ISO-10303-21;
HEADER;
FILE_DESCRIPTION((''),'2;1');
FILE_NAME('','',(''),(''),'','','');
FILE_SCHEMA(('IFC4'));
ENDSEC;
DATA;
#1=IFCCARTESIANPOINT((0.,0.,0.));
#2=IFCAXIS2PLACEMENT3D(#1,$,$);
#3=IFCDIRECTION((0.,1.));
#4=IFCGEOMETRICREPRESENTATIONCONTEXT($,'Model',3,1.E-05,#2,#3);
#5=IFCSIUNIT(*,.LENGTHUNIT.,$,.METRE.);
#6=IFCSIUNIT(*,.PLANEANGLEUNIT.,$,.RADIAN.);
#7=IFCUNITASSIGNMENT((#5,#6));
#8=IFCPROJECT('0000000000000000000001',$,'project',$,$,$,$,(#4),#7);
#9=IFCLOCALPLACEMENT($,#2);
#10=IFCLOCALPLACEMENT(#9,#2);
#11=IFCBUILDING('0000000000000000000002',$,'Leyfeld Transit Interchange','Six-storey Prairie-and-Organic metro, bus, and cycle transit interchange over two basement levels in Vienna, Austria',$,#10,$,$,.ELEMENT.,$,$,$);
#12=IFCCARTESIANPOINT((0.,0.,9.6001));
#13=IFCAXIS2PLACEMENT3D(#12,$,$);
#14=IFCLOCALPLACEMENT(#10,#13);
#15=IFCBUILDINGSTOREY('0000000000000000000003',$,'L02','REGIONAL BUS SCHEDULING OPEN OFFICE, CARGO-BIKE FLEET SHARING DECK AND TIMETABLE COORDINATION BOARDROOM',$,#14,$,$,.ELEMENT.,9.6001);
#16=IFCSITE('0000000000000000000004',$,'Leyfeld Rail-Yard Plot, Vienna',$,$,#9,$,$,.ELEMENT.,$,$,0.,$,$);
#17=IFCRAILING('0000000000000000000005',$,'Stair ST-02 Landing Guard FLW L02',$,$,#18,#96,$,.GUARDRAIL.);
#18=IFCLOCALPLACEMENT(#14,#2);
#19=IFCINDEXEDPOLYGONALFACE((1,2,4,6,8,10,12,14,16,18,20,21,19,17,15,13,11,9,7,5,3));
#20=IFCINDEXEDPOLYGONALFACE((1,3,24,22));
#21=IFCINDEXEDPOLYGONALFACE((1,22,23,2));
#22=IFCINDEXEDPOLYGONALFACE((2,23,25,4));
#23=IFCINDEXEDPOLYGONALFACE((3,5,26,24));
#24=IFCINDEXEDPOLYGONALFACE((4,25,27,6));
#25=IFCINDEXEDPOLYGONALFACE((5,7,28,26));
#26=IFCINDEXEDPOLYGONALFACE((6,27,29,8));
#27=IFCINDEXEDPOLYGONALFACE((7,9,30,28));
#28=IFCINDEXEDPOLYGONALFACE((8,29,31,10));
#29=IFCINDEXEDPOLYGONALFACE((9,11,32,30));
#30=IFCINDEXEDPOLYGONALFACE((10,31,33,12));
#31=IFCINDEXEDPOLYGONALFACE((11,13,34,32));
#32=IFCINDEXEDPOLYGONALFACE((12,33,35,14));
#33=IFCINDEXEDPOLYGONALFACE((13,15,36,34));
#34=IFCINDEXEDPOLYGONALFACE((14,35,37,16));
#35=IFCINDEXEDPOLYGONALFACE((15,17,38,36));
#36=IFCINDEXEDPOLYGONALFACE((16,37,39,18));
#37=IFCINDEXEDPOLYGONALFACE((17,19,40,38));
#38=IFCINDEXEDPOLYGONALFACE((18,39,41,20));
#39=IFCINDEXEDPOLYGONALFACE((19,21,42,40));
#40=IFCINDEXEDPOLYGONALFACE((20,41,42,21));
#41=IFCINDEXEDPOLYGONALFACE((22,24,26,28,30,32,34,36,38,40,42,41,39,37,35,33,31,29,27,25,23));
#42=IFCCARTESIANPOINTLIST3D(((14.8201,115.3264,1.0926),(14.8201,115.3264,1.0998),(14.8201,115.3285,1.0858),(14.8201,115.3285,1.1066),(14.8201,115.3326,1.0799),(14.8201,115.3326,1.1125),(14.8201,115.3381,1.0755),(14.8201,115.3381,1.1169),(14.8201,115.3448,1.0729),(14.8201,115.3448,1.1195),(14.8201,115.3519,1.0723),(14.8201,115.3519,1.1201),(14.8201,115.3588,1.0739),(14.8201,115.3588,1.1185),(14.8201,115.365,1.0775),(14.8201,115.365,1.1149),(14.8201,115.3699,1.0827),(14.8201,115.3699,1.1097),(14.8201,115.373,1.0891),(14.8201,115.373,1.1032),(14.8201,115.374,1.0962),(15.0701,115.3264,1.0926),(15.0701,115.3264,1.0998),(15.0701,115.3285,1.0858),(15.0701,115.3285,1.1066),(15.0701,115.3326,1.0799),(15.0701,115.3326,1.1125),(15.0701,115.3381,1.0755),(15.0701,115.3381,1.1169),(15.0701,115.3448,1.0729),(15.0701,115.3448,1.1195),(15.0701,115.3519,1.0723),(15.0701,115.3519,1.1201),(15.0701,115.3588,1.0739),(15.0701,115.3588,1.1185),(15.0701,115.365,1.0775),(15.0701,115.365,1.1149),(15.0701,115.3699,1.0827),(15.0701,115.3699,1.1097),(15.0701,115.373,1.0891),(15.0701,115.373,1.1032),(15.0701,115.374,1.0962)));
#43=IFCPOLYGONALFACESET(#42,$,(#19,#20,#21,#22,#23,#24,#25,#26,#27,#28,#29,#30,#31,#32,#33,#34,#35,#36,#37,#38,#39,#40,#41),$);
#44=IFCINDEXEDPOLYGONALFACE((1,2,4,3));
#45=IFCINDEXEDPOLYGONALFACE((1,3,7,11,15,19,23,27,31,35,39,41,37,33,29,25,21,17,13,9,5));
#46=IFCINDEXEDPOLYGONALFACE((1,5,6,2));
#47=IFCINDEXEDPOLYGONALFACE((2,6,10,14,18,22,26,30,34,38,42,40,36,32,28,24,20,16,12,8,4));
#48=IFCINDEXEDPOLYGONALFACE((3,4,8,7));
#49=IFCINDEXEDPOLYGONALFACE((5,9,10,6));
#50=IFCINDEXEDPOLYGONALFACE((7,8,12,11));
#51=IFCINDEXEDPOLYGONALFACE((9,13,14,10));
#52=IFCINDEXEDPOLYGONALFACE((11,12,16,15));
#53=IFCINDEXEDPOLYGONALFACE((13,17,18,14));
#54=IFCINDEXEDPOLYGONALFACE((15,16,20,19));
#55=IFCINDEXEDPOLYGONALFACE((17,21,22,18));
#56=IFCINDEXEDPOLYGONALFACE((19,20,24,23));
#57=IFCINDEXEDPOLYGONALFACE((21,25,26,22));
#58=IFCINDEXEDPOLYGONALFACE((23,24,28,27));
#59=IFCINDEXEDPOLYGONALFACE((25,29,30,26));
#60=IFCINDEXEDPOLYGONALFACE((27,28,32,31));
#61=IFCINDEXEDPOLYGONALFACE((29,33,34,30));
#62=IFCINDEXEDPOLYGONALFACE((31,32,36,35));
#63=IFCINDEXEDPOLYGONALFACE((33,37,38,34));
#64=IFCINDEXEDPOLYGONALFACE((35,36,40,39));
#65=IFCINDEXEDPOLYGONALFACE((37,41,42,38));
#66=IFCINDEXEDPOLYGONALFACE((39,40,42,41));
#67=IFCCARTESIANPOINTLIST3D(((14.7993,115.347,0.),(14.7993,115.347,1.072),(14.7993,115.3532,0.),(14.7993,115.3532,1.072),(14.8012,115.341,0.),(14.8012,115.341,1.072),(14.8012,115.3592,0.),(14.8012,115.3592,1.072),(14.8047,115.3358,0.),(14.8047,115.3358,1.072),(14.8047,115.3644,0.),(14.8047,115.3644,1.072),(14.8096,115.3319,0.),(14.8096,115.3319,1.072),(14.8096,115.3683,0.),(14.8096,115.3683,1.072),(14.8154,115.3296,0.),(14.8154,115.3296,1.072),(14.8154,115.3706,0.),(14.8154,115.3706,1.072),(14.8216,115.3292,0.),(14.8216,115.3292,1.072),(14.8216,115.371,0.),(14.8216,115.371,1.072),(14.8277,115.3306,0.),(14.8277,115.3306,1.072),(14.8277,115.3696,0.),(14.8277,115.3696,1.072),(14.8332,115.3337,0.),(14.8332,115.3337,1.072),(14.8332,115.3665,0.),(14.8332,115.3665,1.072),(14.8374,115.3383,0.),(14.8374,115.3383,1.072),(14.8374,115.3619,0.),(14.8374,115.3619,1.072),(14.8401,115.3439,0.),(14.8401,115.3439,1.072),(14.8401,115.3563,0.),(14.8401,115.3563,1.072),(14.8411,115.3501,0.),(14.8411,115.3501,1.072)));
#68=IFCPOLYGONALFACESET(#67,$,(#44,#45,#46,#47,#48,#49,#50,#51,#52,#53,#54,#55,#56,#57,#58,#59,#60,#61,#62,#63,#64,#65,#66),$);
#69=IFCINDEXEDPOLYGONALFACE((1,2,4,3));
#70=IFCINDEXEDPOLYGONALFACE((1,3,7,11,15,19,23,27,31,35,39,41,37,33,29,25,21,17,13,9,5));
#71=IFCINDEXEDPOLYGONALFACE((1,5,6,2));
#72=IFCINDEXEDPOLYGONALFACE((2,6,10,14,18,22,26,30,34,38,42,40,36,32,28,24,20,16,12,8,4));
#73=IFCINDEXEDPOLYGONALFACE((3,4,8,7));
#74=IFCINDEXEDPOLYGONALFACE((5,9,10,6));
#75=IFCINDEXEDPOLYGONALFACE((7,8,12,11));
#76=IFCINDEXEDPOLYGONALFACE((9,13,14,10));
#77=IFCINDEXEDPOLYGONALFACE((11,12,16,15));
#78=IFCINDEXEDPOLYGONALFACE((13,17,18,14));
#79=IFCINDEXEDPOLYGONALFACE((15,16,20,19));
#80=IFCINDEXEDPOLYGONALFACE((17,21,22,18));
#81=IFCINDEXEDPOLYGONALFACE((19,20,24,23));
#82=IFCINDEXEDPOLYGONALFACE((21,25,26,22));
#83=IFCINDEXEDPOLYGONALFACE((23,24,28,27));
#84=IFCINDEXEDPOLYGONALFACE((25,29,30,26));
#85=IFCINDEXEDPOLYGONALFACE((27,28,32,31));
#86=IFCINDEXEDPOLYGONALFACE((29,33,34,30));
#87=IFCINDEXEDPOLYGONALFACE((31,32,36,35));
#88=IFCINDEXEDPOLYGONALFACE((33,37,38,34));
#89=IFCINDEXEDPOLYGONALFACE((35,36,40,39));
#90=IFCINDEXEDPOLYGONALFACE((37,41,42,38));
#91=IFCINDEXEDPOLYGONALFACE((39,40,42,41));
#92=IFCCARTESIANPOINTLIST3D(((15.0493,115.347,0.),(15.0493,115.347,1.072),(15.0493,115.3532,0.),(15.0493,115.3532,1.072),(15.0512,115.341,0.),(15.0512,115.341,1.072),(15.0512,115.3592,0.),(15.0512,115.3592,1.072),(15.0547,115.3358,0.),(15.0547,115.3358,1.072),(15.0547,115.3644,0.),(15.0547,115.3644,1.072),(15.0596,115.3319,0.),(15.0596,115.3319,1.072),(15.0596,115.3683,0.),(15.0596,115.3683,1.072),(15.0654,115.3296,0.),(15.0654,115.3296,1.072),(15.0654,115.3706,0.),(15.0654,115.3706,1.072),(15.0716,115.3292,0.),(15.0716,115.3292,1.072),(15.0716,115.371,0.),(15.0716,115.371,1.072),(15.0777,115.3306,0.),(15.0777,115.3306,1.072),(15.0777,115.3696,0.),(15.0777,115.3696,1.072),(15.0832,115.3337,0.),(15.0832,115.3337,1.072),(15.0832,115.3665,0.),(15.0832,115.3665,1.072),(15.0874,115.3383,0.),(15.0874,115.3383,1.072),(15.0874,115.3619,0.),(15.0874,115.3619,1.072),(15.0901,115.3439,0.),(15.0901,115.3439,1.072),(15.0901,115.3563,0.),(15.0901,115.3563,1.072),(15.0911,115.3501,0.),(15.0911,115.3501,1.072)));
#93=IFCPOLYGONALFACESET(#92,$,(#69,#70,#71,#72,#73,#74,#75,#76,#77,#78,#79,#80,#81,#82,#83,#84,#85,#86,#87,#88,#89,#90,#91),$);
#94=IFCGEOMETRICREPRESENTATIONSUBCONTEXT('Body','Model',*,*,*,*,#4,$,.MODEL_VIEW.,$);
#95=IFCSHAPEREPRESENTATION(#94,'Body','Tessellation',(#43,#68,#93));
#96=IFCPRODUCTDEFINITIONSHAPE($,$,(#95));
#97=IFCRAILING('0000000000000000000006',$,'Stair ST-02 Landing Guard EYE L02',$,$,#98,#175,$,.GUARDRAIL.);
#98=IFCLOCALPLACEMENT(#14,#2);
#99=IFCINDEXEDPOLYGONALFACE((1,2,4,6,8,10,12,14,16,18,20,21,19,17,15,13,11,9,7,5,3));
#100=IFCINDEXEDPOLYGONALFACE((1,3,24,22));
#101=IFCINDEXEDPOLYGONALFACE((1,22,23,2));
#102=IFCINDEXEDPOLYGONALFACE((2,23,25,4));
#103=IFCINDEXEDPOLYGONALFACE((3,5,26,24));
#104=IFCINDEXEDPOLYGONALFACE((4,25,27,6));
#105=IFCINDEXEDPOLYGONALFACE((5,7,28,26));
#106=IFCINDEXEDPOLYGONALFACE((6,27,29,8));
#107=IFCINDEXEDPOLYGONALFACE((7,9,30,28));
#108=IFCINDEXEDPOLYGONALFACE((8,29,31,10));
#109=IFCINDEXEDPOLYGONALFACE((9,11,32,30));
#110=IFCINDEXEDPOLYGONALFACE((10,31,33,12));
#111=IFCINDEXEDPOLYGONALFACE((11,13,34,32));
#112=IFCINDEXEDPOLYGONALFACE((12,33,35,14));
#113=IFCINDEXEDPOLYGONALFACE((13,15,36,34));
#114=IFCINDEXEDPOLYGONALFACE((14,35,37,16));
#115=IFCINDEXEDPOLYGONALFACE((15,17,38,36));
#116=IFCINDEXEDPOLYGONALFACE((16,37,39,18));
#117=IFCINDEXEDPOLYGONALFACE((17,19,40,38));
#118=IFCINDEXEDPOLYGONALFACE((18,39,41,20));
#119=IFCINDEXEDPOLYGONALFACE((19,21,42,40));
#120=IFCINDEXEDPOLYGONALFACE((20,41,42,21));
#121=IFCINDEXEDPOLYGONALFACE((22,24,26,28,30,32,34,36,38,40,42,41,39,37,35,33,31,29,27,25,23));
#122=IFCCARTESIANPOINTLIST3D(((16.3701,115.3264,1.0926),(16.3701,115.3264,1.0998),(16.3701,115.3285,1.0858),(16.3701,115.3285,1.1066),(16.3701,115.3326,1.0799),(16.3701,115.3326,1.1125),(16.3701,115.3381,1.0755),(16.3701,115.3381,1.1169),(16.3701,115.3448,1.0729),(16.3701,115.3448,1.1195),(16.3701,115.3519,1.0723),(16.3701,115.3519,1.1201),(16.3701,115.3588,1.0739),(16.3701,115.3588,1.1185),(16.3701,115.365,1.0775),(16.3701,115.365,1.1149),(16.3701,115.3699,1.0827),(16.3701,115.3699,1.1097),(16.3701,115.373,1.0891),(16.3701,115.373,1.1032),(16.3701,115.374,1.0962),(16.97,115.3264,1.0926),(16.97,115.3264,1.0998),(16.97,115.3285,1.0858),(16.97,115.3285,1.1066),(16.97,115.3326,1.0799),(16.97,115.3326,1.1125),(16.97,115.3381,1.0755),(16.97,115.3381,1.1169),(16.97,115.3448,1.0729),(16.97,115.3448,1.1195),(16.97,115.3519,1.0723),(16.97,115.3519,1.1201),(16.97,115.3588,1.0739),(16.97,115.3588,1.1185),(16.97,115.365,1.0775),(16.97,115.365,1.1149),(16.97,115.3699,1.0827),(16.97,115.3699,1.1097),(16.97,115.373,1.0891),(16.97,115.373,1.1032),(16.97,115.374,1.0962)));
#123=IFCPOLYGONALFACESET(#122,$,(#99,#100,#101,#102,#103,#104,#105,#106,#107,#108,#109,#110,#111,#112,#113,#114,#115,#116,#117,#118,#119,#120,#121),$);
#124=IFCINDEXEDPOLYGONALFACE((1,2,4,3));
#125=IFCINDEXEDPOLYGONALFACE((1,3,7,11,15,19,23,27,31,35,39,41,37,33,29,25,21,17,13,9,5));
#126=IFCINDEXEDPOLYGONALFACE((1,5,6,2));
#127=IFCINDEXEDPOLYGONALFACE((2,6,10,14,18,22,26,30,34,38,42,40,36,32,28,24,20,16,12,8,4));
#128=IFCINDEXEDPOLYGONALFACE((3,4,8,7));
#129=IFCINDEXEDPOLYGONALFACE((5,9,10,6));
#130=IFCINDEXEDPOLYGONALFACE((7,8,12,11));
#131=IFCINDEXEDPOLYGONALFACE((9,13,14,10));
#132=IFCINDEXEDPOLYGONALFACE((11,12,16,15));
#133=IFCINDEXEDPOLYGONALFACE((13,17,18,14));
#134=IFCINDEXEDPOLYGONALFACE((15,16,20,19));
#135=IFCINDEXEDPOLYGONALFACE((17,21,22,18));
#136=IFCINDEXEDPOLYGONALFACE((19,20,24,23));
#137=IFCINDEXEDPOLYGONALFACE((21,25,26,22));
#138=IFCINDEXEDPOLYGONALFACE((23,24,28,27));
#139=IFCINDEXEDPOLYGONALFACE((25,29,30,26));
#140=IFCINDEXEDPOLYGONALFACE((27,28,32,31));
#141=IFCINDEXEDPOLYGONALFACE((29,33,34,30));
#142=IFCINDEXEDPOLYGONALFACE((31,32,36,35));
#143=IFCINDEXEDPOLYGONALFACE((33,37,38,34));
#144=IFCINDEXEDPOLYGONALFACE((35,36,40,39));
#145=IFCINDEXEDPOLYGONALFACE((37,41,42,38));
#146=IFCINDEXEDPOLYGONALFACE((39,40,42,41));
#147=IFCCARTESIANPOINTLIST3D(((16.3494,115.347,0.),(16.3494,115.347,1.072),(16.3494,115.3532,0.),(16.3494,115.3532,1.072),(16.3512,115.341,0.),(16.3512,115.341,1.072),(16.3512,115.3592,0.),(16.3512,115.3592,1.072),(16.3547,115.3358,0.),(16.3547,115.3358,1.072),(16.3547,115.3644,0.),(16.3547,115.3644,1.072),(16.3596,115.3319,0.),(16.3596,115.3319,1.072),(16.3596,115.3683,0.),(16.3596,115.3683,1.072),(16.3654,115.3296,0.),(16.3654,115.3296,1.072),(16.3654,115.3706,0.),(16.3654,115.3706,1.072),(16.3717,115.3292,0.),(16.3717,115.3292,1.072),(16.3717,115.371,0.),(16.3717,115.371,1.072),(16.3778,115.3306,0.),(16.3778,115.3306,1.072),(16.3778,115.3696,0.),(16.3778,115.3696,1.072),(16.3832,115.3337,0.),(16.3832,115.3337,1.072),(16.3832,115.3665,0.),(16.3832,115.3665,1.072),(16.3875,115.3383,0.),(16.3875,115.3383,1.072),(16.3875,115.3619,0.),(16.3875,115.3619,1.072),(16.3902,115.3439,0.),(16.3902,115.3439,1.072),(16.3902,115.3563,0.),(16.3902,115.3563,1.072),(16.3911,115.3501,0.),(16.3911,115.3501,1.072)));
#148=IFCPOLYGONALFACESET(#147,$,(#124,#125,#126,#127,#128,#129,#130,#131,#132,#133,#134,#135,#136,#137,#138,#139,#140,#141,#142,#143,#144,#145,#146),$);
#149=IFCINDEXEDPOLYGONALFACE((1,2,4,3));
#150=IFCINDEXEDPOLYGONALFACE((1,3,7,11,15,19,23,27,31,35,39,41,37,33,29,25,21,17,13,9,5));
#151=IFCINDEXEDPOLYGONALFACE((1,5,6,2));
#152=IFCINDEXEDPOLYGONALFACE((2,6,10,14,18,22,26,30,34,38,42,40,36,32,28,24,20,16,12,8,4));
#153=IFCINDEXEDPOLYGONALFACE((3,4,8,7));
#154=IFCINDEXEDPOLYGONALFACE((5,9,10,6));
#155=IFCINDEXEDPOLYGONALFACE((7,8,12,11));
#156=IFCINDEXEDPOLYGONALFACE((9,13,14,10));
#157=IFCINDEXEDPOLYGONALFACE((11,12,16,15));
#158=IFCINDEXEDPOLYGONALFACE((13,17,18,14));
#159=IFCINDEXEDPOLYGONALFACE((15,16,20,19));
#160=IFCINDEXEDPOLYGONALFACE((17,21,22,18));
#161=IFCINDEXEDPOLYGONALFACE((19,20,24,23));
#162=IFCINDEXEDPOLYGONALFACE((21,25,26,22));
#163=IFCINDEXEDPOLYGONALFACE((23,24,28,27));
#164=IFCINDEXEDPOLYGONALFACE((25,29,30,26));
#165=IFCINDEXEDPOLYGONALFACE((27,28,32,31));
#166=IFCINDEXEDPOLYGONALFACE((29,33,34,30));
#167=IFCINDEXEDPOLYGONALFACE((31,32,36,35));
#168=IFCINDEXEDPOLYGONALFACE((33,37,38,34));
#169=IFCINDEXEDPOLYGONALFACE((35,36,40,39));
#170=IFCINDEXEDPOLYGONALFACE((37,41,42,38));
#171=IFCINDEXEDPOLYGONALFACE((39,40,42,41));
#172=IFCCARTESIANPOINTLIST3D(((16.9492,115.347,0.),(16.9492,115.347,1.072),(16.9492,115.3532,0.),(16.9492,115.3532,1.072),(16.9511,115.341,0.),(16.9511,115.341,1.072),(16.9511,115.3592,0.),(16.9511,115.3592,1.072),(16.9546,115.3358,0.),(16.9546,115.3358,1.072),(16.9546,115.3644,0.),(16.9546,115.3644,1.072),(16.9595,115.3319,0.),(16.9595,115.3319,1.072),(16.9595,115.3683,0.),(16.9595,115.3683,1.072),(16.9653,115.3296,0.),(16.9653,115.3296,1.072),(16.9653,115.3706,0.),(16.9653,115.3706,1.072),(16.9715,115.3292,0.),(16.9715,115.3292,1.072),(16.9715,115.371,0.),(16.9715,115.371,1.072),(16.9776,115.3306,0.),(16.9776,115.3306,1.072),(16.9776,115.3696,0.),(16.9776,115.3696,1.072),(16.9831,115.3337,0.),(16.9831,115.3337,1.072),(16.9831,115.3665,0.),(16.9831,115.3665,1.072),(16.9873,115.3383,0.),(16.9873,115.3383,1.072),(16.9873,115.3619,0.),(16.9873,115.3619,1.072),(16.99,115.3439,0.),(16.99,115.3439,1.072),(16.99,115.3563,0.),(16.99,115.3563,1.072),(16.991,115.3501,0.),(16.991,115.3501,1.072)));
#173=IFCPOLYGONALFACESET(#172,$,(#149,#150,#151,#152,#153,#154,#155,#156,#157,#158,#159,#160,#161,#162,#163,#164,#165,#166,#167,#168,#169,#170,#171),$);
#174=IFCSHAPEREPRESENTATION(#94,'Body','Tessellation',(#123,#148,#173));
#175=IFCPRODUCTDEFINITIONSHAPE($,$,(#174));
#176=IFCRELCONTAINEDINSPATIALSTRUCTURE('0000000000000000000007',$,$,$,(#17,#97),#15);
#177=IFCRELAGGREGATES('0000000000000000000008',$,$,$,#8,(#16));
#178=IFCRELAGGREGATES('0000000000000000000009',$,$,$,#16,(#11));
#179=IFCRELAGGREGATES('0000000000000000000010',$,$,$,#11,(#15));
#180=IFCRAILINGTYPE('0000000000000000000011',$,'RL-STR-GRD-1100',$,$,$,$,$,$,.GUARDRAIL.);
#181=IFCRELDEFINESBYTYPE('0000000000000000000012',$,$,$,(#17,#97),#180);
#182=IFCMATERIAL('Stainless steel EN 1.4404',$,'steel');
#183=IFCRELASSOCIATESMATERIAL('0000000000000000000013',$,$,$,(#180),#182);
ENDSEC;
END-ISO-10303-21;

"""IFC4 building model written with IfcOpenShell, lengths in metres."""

from ifc_helpers import new_model, si_unit, direction, frame, origin, origin_2d, place, context, subcontext, project, spatial, circle, extrude, material, type_object, element, save


model = new_model("IFC4")

# Units and contexts
model_context = context("Model", 3, precision=1e-05, world=origin(), true_north=direction((0.0, 1.0)))
body_context = subcontext(model_context, "Body", "Model", "MODEL_VIEW")
ifc_project = project(units=[si_unit("LENGTHUNIT", "METRE"), si_unit("PLANEANGLEUNIT", "RADIAN")], contexts=[model_context])

# Site, building, storey
site_placement = place(None, origin())
site = spatial("IfcSite", under=ifc_project, at=site_placement, Name="Leyfeld Rail-Yard Plot, Vienna", CompositionType="ELEMENT", RefElevation=0.0)
building_placement = place(site_placement, origin())
building = spatial("IfcBuilding", under=site, at=building_placement, Name="Leyfeld Transit Interchange", Description="Six-storey Prairie-and-Organic metro, bus, and cycle transit interchange over two basement levels in Vienna, Austria", CompositionType="ELEMENT")
storey_placement = place(building_placement, frame((0.0, 0.0, 9.6001)))
storey = spatial("IfcBuildingStorey", under=building, at=storey_placement, Name="L02", Description="REGIONAL BUS SCHEDULING OPEN OFFICE, CARGO-BIKE FLEET SHARING DECK AND TIMETABLE COORDINATION BOARDROOM", CompositionType="ELEMENT", Elevation=9.6001)

# Shared definitions
ifc_material_1 = material(Name="Stainless steel EN 1.4404", Category="steel")

# Railings
railing_type_1 = type_object("IfcRailingType", Name="RL-STR-GRD-1100", PredefinedType="GUARDRAIL", material=ifc_material_1)
railing_1_placement = place(storey_placement, frame((14.8201, 115.3501, 0.0)))
element("IfcRailing", 1, at=railing_1_placement, inside=storey, type_object=railing_type_1, Name="Stair ST-02 Landing Guard FLW L02", PredefinedType="GUARDRAIL", context=body_context, shape_type="SweptSolid", body=[
    extrude(circle(Radius=0.0239, at=origin_2d()), frame((0.0, 0.0, 1.0962), z_axis=(1.0, 0.0, 0.0), x_axis=(0.0, 1.0, 0.0)), (0.0, 0.0, 1.0), 0.25),
    extrude(circle(Radius=0.021, at=origin_2d()), origin(), (0.0, 0.0, 1.0), 1.072),
    extrude(circle(Radius=0.021, at=origin_2d()), frame((0.25, 0.0, 0.0)), (0.0, 0.0, 1.0), 1.072),
])
railing_2_placement = place(storey_placement, frame((16.3701, 115.3501, 0.0)))
element("IfcRailing", 2, at=railing_2_placement, inside=storey, type_object=railing_type_1, Name="Stair ST-02 Landing Guard EYE L02", PredefinedType="GUARDRAIL", context=body_context, shape_type="SweptSolid", body=[
    extrude(circle(Radius=0.0239, at=origin_2d()), frame((0.0, 0.0, 1.0962), z_axis=(1.0, 0.0, 0.0), x_axis=(0.0, 1.0, 0.0)), (0.0, 0.0, 1.0), 0.5999),
    extrude(circle(Radius=0.021, at=origin_2d()), origin(), (0.0, 0.0, 1.0), 1.072),
    extrude(circle(Radius=0.021, at=origin_2d()), frame((0.5999, 0.0, 0.0)), (0.0, 0.0, 1.0), 1.072),
])

save(model, "model.ifc")
